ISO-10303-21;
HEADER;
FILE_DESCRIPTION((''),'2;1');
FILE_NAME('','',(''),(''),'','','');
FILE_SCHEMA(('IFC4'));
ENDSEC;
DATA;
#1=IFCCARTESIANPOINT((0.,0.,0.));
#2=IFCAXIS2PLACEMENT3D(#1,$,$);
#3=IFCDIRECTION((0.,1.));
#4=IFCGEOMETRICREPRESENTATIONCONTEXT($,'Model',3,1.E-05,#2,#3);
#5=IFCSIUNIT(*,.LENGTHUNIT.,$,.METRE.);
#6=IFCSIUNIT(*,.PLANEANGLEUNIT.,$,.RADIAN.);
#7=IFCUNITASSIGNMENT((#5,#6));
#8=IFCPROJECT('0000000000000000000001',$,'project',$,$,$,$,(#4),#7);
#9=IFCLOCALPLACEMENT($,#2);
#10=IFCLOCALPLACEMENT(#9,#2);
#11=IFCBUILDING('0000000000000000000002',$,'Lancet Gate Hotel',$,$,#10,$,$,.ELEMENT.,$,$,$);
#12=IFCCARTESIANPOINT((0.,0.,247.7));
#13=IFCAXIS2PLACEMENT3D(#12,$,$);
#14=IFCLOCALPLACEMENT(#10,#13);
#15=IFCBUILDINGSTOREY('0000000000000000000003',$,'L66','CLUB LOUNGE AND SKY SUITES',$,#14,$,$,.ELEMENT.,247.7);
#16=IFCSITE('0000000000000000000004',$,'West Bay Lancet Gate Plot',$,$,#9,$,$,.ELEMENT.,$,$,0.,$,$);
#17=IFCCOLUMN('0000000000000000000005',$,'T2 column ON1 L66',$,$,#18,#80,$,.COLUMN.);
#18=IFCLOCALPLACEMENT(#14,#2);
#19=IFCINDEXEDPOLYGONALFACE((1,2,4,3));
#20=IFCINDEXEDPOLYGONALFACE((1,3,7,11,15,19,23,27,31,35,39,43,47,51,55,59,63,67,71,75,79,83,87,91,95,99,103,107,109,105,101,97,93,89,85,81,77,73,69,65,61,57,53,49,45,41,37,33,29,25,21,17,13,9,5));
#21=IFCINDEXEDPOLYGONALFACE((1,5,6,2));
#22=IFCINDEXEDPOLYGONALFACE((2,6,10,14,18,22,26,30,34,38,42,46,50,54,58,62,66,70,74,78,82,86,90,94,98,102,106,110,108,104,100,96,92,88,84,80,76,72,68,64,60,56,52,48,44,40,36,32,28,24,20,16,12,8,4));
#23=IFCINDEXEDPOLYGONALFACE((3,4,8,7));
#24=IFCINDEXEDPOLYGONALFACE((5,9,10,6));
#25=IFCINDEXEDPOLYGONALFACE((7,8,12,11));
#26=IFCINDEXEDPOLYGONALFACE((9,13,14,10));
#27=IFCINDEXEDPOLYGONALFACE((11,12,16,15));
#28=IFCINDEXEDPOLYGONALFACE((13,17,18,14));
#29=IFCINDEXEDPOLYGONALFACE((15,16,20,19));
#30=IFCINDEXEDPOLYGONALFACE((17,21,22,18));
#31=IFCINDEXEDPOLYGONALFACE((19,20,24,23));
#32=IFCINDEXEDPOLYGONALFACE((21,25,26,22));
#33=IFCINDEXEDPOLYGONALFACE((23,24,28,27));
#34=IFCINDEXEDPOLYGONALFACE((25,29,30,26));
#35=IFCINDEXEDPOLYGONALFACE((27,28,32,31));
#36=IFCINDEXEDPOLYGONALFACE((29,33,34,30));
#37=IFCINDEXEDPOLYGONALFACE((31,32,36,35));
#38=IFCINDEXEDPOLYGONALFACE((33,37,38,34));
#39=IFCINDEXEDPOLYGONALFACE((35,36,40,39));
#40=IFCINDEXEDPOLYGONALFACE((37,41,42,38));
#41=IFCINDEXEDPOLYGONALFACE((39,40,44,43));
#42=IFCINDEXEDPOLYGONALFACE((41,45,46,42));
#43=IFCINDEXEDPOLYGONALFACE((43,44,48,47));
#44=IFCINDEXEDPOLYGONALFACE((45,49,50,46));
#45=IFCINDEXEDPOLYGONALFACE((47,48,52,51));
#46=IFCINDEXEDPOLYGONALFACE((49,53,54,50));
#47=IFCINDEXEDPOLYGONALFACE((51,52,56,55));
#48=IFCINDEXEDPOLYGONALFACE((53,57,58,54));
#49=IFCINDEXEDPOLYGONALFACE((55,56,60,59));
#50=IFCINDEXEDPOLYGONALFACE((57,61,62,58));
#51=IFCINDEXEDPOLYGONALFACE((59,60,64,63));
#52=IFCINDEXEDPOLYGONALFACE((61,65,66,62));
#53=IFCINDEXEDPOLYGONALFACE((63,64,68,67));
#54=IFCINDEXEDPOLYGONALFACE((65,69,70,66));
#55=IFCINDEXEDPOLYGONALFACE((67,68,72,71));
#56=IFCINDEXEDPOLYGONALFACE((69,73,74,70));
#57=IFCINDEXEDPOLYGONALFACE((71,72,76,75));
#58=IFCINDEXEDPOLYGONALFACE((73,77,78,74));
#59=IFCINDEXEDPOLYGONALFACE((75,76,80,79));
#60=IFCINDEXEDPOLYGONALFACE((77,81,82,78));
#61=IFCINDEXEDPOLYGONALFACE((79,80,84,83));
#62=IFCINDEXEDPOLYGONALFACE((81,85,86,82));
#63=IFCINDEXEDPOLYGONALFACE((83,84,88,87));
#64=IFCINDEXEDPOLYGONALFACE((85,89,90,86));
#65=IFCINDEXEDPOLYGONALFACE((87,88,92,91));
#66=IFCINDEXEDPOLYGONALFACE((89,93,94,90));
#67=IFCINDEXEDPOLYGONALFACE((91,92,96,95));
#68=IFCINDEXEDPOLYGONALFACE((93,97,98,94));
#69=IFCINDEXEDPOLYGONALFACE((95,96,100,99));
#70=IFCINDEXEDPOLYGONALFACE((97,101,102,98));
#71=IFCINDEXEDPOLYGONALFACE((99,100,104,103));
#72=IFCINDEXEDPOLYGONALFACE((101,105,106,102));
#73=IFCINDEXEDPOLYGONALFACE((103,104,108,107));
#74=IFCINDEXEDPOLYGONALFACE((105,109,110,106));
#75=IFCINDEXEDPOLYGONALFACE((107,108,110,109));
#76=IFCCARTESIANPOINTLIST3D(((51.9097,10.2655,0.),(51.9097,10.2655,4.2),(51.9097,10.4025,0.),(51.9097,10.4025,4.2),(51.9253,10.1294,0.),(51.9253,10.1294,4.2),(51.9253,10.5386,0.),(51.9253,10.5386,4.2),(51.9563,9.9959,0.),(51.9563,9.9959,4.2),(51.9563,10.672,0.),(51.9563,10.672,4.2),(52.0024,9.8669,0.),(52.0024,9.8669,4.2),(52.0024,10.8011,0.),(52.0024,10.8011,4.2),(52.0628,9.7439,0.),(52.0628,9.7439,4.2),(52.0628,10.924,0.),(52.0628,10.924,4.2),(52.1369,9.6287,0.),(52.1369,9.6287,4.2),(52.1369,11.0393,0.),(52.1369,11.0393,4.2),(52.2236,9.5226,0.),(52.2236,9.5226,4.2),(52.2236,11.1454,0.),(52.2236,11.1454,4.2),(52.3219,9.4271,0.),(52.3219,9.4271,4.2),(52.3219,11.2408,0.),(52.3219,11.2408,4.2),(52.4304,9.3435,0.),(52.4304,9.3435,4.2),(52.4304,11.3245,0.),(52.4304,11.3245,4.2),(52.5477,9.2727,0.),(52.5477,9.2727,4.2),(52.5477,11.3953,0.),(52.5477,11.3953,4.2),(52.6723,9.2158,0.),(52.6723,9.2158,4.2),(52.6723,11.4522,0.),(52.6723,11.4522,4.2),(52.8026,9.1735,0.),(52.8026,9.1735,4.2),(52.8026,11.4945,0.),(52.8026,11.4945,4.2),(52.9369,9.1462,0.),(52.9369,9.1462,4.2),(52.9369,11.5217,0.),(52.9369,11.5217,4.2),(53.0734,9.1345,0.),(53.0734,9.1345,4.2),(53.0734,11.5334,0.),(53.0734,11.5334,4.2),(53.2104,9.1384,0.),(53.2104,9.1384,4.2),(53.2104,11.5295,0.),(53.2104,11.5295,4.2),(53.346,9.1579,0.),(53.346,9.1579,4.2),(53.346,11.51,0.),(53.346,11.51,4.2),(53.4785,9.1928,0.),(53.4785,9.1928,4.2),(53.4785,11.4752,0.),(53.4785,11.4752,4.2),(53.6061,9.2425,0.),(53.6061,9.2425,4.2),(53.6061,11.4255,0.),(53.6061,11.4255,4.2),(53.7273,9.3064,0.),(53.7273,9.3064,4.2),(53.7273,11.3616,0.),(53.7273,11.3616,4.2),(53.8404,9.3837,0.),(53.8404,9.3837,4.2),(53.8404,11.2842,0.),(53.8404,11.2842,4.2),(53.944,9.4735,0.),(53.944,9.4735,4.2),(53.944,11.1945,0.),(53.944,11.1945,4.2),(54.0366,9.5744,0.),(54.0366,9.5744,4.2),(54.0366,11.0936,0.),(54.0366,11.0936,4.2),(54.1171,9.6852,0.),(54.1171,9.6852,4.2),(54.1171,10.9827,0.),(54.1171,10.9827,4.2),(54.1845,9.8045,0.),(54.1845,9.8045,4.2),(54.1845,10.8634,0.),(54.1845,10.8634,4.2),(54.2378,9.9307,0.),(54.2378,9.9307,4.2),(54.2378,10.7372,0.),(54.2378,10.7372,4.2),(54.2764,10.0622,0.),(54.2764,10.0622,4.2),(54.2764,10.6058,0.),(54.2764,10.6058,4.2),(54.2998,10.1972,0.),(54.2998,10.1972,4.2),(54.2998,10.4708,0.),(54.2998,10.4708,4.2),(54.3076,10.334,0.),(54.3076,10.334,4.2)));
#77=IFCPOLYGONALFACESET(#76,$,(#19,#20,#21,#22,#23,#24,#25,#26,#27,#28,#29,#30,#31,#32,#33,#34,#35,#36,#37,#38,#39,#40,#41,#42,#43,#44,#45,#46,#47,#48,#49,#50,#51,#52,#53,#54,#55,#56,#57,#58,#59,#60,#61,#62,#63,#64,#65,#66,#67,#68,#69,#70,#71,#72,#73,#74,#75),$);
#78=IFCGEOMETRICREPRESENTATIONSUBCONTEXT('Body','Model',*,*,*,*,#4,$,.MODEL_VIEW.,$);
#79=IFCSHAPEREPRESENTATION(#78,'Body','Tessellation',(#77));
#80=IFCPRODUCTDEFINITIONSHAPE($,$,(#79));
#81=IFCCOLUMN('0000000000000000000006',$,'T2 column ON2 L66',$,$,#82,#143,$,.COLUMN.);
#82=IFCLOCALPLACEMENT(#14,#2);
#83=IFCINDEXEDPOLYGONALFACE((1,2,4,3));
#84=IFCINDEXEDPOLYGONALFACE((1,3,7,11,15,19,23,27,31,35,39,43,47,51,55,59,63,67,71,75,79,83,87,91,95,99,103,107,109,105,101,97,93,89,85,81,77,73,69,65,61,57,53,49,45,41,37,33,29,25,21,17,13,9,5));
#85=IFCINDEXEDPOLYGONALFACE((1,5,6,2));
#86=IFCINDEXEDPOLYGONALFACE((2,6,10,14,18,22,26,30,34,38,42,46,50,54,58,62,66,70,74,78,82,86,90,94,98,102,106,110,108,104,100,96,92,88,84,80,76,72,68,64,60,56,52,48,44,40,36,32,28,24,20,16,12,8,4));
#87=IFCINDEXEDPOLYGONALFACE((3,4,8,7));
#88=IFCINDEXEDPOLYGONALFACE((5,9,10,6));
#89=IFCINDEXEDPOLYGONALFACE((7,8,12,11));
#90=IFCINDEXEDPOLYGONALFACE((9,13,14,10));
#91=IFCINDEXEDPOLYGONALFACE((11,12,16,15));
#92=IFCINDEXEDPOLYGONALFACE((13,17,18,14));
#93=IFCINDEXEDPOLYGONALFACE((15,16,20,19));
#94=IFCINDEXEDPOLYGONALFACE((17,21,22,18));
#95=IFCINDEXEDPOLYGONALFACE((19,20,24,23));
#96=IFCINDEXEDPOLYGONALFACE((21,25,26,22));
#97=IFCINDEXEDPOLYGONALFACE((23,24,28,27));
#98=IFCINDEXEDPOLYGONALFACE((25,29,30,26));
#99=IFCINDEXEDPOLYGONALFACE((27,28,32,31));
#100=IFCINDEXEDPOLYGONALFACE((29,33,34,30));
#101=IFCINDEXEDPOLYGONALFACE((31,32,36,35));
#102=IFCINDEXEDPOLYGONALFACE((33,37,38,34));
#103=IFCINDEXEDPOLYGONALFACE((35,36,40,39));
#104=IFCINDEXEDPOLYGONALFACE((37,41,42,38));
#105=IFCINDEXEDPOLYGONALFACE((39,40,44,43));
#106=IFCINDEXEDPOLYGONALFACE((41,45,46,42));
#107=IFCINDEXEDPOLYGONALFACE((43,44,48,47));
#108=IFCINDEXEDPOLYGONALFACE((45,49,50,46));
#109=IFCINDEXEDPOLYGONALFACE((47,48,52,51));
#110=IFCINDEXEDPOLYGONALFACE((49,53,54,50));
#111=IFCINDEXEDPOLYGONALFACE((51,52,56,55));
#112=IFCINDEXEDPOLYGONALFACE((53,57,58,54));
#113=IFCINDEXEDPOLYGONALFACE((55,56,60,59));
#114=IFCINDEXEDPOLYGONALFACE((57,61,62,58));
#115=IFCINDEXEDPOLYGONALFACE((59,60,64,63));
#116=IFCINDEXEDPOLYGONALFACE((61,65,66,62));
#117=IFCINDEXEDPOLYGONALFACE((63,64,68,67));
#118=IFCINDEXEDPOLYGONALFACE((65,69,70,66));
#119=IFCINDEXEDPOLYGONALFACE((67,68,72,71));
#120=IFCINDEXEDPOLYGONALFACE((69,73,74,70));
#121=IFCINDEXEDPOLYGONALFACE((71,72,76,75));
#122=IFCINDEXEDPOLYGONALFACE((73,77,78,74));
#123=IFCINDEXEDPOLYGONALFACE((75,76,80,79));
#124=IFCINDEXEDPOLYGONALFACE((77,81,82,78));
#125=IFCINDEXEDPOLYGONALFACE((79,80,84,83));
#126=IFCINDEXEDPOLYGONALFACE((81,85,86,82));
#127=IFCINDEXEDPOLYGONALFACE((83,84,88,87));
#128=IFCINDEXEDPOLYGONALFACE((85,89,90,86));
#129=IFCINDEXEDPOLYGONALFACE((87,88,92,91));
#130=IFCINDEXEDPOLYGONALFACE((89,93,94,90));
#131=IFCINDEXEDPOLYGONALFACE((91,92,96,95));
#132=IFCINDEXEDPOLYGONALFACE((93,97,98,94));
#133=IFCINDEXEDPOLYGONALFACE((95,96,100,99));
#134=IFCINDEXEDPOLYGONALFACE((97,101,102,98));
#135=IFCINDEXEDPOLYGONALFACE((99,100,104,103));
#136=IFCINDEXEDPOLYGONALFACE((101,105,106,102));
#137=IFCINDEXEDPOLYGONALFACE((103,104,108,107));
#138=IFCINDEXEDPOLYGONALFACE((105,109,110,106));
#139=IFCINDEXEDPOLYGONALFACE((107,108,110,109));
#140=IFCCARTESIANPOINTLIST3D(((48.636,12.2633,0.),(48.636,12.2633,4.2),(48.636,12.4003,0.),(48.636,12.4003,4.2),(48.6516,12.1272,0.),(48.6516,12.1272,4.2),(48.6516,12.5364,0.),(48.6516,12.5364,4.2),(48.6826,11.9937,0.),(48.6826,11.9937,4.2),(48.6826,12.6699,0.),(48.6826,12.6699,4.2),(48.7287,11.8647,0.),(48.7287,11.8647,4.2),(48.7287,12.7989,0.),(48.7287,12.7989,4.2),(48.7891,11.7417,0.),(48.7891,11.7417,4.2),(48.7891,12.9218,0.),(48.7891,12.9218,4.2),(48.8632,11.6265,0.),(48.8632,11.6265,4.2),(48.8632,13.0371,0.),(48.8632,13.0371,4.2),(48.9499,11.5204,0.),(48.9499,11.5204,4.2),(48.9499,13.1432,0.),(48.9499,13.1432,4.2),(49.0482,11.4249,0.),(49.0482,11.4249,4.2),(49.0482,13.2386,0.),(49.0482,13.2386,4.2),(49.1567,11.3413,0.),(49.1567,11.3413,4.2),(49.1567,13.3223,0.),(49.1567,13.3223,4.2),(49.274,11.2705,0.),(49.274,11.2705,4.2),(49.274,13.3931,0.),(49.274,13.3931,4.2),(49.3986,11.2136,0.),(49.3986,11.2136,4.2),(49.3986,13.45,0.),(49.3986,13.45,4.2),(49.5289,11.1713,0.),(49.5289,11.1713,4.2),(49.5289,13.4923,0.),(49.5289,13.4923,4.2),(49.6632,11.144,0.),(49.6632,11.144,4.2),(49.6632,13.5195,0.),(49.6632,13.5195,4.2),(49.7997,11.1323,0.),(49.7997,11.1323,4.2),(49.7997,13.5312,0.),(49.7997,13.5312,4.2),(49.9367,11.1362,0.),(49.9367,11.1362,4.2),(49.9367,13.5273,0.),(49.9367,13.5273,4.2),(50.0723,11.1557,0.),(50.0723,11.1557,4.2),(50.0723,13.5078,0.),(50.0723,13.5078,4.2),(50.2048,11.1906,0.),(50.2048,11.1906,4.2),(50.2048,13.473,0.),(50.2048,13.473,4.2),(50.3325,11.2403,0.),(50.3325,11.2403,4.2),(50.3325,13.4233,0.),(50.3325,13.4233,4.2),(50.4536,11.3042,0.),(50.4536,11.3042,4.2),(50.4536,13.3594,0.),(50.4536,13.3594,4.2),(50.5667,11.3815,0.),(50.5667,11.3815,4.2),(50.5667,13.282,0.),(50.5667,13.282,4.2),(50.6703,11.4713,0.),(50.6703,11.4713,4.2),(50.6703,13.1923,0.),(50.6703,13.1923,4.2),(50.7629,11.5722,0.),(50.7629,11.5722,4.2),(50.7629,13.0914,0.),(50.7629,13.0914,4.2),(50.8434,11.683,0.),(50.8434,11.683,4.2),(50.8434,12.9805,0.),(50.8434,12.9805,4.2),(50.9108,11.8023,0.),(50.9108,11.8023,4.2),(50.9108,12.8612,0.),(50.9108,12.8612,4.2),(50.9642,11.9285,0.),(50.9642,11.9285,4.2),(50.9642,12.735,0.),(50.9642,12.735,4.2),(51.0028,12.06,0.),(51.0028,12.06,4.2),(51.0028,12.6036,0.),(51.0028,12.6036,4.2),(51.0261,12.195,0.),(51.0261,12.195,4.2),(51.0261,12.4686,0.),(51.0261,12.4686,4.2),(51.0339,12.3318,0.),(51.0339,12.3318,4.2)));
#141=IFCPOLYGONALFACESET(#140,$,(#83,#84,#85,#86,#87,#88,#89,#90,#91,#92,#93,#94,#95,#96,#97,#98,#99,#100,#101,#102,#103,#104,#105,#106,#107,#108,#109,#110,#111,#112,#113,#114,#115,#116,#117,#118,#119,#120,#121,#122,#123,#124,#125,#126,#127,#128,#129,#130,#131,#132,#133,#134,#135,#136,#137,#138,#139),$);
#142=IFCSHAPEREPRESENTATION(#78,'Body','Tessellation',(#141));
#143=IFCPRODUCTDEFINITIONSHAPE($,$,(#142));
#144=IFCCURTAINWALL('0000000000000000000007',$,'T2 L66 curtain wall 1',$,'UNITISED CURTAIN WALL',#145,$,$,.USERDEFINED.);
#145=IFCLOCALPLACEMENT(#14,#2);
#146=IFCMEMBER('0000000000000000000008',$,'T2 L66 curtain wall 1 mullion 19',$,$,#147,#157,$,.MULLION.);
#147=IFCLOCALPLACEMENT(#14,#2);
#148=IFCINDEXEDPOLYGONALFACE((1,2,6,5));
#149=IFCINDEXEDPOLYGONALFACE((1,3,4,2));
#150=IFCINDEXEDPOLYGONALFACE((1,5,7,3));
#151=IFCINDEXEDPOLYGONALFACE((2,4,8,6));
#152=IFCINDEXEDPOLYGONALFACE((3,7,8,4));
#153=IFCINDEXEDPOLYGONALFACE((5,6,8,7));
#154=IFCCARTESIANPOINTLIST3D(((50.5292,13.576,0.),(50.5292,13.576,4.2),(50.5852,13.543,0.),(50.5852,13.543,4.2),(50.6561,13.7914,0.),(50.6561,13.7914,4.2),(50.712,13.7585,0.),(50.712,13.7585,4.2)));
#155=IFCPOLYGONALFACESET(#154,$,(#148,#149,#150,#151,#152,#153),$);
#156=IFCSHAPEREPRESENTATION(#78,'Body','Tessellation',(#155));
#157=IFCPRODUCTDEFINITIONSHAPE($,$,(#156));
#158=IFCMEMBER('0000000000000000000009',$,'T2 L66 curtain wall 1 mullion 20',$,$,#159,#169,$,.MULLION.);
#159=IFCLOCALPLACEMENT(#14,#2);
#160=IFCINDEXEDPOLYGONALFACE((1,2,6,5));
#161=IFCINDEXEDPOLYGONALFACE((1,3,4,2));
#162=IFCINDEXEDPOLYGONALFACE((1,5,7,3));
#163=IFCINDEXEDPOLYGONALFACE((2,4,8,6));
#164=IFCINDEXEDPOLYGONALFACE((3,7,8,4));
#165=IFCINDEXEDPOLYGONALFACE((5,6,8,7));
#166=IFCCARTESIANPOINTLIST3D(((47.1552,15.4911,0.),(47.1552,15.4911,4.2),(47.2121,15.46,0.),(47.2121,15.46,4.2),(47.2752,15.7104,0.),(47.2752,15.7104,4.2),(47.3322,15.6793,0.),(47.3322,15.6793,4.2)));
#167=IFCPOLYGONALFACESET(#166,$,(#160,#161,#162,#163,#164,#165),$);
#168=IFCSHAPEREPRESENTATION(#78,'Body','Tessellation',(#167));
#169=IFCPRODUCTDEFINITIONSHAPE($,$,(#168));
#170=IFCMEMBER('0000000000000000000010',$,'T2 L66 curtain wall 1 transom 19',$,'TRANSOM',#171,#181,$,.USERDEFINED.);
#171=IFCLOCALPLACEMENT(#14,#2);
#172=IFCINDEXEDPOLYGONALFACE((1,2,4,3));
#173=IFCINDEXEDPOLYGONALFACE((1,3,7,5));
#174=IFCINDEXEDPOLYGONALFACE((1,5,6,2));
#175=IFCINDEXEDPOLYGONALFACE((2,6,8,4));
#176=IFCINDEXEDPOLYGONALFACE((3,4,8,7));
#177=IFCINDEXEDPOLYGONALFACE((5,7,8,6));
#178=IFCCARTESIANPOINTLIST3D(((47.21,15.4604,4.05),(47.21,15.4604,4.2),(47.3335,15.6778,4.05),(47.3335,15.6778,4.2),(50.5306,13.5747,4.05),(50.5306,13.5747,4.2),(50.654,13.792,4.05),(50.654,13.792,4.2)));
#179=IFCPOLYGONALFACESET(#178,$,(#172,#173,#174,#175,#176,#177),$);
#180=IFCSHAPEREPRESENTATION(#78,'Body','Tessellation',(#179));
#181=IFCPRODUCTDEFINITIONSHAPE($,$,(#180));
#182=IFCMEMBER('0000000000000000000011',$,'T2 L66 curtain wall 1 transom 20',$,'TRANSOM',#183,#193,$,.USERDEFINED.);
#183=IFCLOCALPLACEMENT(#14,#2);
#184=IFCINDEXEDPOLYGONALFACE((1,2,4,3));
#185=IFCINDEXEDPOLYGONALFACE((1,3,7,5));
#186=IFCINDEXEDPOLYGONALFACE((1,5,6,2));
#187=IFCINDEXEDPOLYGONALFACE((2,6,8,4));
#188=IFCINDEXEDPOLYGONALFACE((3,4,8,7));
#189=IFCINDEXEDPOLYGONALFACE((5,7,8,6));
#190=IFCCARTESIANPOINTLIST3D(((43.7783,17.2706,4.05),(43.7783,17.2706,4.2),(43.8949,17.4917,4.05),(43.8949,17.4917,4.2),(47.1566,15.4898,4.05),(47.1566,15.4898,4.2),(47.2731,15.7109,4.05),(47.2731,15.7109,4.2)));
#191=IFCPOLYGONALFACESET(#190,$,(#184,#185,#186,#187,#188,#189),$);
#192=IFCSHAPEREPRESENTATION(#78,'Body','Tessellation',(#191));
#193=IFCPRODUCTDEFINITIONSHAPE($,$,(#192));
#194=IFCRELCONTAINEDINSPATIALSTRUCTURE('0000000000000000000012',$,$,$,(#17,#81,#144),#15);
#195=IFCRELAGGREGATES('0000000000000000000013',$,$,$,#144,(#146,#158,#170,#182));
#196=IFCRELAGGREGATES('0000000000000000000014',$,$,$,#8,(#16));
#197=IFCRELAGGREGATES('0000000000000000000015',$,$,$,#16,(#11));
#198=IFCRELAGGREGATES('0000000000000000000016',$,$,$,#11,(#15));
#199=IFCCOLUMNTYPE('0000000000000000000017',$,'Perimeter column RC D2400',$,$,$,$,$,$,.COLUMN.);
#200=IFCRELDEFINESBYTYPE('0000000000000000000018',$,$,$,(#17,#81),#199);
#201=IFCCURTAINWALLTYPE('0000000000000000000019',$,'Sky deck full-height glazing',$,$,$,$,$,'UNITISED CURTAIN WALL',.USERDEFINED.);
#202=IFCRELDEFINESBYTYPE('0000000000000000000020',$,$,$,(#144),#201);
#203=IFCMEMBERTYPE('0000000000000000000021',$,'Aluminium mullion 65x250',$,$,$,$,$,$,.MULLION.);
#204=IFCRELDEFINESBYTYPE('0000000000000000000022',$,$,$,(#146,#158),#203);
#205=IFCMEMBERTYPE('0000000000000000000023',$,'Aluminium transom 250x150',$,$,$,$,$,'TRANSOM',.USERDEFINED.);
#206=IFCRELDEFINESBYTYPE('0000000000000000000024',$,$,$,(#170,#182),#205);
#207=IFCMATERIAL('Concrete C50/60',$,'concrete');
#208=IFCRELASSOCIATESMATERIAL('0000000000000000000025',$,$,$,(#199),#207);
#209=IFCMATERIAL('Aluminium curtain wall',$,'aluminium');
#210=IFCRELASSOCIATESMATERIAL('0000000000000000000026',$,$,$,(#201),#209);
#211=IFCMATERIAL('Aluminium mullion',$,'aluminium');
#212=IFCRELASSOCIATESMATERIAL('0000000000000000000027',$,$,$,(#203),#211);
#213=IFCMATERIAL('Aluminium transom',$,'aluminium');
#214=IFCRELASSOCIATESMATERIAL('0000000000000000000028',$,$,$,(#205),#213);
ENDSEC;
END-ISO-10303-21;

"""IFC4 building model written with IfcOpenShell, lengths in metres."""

from ifc_helpers import new_model, si_unit, direction, frame, origin, origin_2d, place, context, subcontext, project, spatial, rectangle, circle, extrude, material, material_profile, profile_set, type_object, element, aggregate, save


model = new_model("IFC4")

# Units and contexts
model_context = context("Model", 3, precision=1e-05, world=origin(), true_north=direction((0.0, 1.0)))
body_context = subcontext(model_context, "Body", "Model", "MODEL_VIEW")
ifc_project = project(units=[si_unit("LENGTHUNIT", "METRE"), si_unit("PLANEANGLEUNIT", "RADIAN")], contexts=[model_context])

# Site, building, storey
site_placement = place(None, origin())
site = spatial("IfcSite", under=ifc_project, at=site_placement, Name="West Bay Lancet Gate Plot", CompositionType="ELEMENT", RefElevation=0.0)
building_placement = place(site_placement, origin())
building = spatial("IfcBuilding", under=site, at=building_placement, Name="Lancet Gate Hotel", CompositionType="ELEMENT")
storey_placement = place(building_placement, frame((0.0, 0.0, 247.7)))
storey = spatial("IfcBuildingStorey", under=building, at=storey_placement, Name="L66", Description="CLUB LOUNGE AND SKY SUITES", CompositionType="ELEMENT", Elevation=247.7)

# Columns
ifc_material_1 = material(Name="Concrete C50/60", Category="concrete")
ifc_material_profile_1 = material_profile(ifc_material_1, circle(Radius=1.2, at=origin_2d()), Name="RC D2400")
ifc_profile_set_1 = profile_set([ifc_material_profile_1], Name="Concrete C50/60")
column_type = type_object("IfcColumnType", Name="Perimeter column RC D2400", PredefinedType="COLUMN", material=ifc_profile_set_1)
for number, where, z_axis, x_axis, name in (
    (1, (53.1077, 10.334, 0.0), (0.0, 0.0, 1.0), (1.0, 0.0, 0.0), "T2 column ON1 L66"),
    (2, (49.834, 12.3318, 0.0), (0.0, 0.0, 1.0), (1.0, 0.0, 0.0), "T2 column ON2 L66"),
):
    element("IfcColumn", number, at=place(storey_placement, frame(where, z_axis=z_axis, x_axis=x_axis)), inside=storey, type_object=column_type, Name=name, PredefinedType="COLUMN", context=body_context, shape_type="SweptSolid", body=[
        extrude(circle(Radius=1.2, at=origin_2d()), origin(), (0.0, 0.0, 1.0), 4.2),
    ])

# Curtain wall, members
ifc_material_2 = material(Name="Aluminium curtain wall", Category="aluminium")
curtain_wall_type = type_object("IfcCurtainWallType", Name="Sky deck full-height glazing", ElementType="UNITISED CURTAIN WALL", PredefinedType="USERDEFINED", material=ifc_material_2)
curtain_wall_placement = place(storey_placement, origin())
curtain_wall = element("IfcCurtainWall", 3, at=curtain_wall_placement, inside=storey, type_object=curtain_wall_type, Name="T2 L66 curtain wall 1", ObjectType="UNITISED CURTAIN WALL", PredefinedType="USERDEFINED")
ifc_material_3 = material(Name="Aluminium mullion", Category="aluminium")
ifc_material_profile_2 = material_profile(ifc_material_3, rectangle(XDim=0.0649, YDim=0.25, at=origin_2d()), Name="MULLION 65x250")
ifc_profile_set_2 = profile_set([ifc_material_profile_2], Name="Aluminium mullion")
member_type_1 = type_object("IfcMemberType", Name="Aluminium mullion 65x250", PredefinedType="MULLION", material=ifc_profile_set_2)
member_1_placement = place(storey_placement, frame((50.6206, 13.6672, 0.0), z_axis=(0.0, 0.0, 1.0), x_axis=(-0.861692, 0.507432, 0.0)))
member_1 = element("IfcMember", 4, at=member_1_placement, type_object=member_type_1, Name="T2 L66 curtain wall 1 mullion 19", PredefinedType="MULLION", context=body_context, shape_type="SweptSolid", body=[
    extrude(rectangle(XDim=0.0649, YDim=0.25, at=origin_2d()), origin(), (0.0, 0.0, 1.0), 4.2),
])
member_2_placement = place(storey_placement, frame((47.2437, 15.5852, 0.0), z_axis=(0.0, 0.0, 1.0), x_axis=(-0.877195, 0.480135, 0.0)))
member_2 = element("IfcMember", 5, at=member_2_placement, type_object=member_type_1, Name="T2 L66 curtain wall 1 mullion 20", PredefinedType="MULLION", context=body_context, shape_type="SweptSolid", body=[
    extrude(rectangle(XDim=0.0649, YDim=0.25, at=origin_2d()), origin(), (0.0, 0.0, 1.0), 4.2),
])
ifc_material_4 = material(Name="Aluminium transom", Category="aluminium")
ifc_material_profile_3 = material_profile(ifc_material_4, rectangle(XDim=0.25, YDim=0.1499, at=origin_2d()), Name="TRANSOM 250x150")
ifc_profile_set_3 = profile_set([ifc_material_profile_3], Name="Aluminium transom")
member_type_2 = type_object("IfcMemberType", Name="Aluminium transom 250x150", ElementType="TRANSOM", PredefinedType="USERDEFINED", material=ifc_profile_set_3)
member_3_placement = place(storey_placement, frame((50.5923, 13.6833, 4.125), z_axis=(-0.869562, 0.493824, 0.0), x_axis=(-0.493824, -0.869562, 0.0)))
member_3 = element("IfcMember", 6, at=member_3_placement, type_object=member_type_2, Name="T2 L66 curtain wall 1 transom 19", ObjectType="TRANSOM", PredefinedType="USERDEFINED", context=body_context, shape_type="SweptSolid", body=[
    extrude(rectangle(XDim=0.25, YDim=0.1499, at=origin_2d()), origin(), (0.0, 0.0, 1.0), 3.8186),
])
member_4_placement = place(storey_placement, frame((47.2148, 15.6003, 4.125), z_axis=(-0.884618, 0.466315, 0.0), x_axis=(-0.466315, -0.884618, 0.0)))
member_4 = element("IfcMember", 7, at=member_4_placement, type_object=member_type_2, Name="T2 L66 curtain wall 1 transom 20", ObjectType="TRANSOM", PredefinedType="USERDEFINED", context=body_context, shape_type="SweptSolid", body=[
    extrude(rectangle(XDim=0.25, YDim=0.1499, at=origin_2d()), origin(), (0.0, 0.0, 1.0), 3.8188),
])

aggregate(curtain_wall, [member_1, member_2, member_3, member_4])

save(model, "model.ifc")
